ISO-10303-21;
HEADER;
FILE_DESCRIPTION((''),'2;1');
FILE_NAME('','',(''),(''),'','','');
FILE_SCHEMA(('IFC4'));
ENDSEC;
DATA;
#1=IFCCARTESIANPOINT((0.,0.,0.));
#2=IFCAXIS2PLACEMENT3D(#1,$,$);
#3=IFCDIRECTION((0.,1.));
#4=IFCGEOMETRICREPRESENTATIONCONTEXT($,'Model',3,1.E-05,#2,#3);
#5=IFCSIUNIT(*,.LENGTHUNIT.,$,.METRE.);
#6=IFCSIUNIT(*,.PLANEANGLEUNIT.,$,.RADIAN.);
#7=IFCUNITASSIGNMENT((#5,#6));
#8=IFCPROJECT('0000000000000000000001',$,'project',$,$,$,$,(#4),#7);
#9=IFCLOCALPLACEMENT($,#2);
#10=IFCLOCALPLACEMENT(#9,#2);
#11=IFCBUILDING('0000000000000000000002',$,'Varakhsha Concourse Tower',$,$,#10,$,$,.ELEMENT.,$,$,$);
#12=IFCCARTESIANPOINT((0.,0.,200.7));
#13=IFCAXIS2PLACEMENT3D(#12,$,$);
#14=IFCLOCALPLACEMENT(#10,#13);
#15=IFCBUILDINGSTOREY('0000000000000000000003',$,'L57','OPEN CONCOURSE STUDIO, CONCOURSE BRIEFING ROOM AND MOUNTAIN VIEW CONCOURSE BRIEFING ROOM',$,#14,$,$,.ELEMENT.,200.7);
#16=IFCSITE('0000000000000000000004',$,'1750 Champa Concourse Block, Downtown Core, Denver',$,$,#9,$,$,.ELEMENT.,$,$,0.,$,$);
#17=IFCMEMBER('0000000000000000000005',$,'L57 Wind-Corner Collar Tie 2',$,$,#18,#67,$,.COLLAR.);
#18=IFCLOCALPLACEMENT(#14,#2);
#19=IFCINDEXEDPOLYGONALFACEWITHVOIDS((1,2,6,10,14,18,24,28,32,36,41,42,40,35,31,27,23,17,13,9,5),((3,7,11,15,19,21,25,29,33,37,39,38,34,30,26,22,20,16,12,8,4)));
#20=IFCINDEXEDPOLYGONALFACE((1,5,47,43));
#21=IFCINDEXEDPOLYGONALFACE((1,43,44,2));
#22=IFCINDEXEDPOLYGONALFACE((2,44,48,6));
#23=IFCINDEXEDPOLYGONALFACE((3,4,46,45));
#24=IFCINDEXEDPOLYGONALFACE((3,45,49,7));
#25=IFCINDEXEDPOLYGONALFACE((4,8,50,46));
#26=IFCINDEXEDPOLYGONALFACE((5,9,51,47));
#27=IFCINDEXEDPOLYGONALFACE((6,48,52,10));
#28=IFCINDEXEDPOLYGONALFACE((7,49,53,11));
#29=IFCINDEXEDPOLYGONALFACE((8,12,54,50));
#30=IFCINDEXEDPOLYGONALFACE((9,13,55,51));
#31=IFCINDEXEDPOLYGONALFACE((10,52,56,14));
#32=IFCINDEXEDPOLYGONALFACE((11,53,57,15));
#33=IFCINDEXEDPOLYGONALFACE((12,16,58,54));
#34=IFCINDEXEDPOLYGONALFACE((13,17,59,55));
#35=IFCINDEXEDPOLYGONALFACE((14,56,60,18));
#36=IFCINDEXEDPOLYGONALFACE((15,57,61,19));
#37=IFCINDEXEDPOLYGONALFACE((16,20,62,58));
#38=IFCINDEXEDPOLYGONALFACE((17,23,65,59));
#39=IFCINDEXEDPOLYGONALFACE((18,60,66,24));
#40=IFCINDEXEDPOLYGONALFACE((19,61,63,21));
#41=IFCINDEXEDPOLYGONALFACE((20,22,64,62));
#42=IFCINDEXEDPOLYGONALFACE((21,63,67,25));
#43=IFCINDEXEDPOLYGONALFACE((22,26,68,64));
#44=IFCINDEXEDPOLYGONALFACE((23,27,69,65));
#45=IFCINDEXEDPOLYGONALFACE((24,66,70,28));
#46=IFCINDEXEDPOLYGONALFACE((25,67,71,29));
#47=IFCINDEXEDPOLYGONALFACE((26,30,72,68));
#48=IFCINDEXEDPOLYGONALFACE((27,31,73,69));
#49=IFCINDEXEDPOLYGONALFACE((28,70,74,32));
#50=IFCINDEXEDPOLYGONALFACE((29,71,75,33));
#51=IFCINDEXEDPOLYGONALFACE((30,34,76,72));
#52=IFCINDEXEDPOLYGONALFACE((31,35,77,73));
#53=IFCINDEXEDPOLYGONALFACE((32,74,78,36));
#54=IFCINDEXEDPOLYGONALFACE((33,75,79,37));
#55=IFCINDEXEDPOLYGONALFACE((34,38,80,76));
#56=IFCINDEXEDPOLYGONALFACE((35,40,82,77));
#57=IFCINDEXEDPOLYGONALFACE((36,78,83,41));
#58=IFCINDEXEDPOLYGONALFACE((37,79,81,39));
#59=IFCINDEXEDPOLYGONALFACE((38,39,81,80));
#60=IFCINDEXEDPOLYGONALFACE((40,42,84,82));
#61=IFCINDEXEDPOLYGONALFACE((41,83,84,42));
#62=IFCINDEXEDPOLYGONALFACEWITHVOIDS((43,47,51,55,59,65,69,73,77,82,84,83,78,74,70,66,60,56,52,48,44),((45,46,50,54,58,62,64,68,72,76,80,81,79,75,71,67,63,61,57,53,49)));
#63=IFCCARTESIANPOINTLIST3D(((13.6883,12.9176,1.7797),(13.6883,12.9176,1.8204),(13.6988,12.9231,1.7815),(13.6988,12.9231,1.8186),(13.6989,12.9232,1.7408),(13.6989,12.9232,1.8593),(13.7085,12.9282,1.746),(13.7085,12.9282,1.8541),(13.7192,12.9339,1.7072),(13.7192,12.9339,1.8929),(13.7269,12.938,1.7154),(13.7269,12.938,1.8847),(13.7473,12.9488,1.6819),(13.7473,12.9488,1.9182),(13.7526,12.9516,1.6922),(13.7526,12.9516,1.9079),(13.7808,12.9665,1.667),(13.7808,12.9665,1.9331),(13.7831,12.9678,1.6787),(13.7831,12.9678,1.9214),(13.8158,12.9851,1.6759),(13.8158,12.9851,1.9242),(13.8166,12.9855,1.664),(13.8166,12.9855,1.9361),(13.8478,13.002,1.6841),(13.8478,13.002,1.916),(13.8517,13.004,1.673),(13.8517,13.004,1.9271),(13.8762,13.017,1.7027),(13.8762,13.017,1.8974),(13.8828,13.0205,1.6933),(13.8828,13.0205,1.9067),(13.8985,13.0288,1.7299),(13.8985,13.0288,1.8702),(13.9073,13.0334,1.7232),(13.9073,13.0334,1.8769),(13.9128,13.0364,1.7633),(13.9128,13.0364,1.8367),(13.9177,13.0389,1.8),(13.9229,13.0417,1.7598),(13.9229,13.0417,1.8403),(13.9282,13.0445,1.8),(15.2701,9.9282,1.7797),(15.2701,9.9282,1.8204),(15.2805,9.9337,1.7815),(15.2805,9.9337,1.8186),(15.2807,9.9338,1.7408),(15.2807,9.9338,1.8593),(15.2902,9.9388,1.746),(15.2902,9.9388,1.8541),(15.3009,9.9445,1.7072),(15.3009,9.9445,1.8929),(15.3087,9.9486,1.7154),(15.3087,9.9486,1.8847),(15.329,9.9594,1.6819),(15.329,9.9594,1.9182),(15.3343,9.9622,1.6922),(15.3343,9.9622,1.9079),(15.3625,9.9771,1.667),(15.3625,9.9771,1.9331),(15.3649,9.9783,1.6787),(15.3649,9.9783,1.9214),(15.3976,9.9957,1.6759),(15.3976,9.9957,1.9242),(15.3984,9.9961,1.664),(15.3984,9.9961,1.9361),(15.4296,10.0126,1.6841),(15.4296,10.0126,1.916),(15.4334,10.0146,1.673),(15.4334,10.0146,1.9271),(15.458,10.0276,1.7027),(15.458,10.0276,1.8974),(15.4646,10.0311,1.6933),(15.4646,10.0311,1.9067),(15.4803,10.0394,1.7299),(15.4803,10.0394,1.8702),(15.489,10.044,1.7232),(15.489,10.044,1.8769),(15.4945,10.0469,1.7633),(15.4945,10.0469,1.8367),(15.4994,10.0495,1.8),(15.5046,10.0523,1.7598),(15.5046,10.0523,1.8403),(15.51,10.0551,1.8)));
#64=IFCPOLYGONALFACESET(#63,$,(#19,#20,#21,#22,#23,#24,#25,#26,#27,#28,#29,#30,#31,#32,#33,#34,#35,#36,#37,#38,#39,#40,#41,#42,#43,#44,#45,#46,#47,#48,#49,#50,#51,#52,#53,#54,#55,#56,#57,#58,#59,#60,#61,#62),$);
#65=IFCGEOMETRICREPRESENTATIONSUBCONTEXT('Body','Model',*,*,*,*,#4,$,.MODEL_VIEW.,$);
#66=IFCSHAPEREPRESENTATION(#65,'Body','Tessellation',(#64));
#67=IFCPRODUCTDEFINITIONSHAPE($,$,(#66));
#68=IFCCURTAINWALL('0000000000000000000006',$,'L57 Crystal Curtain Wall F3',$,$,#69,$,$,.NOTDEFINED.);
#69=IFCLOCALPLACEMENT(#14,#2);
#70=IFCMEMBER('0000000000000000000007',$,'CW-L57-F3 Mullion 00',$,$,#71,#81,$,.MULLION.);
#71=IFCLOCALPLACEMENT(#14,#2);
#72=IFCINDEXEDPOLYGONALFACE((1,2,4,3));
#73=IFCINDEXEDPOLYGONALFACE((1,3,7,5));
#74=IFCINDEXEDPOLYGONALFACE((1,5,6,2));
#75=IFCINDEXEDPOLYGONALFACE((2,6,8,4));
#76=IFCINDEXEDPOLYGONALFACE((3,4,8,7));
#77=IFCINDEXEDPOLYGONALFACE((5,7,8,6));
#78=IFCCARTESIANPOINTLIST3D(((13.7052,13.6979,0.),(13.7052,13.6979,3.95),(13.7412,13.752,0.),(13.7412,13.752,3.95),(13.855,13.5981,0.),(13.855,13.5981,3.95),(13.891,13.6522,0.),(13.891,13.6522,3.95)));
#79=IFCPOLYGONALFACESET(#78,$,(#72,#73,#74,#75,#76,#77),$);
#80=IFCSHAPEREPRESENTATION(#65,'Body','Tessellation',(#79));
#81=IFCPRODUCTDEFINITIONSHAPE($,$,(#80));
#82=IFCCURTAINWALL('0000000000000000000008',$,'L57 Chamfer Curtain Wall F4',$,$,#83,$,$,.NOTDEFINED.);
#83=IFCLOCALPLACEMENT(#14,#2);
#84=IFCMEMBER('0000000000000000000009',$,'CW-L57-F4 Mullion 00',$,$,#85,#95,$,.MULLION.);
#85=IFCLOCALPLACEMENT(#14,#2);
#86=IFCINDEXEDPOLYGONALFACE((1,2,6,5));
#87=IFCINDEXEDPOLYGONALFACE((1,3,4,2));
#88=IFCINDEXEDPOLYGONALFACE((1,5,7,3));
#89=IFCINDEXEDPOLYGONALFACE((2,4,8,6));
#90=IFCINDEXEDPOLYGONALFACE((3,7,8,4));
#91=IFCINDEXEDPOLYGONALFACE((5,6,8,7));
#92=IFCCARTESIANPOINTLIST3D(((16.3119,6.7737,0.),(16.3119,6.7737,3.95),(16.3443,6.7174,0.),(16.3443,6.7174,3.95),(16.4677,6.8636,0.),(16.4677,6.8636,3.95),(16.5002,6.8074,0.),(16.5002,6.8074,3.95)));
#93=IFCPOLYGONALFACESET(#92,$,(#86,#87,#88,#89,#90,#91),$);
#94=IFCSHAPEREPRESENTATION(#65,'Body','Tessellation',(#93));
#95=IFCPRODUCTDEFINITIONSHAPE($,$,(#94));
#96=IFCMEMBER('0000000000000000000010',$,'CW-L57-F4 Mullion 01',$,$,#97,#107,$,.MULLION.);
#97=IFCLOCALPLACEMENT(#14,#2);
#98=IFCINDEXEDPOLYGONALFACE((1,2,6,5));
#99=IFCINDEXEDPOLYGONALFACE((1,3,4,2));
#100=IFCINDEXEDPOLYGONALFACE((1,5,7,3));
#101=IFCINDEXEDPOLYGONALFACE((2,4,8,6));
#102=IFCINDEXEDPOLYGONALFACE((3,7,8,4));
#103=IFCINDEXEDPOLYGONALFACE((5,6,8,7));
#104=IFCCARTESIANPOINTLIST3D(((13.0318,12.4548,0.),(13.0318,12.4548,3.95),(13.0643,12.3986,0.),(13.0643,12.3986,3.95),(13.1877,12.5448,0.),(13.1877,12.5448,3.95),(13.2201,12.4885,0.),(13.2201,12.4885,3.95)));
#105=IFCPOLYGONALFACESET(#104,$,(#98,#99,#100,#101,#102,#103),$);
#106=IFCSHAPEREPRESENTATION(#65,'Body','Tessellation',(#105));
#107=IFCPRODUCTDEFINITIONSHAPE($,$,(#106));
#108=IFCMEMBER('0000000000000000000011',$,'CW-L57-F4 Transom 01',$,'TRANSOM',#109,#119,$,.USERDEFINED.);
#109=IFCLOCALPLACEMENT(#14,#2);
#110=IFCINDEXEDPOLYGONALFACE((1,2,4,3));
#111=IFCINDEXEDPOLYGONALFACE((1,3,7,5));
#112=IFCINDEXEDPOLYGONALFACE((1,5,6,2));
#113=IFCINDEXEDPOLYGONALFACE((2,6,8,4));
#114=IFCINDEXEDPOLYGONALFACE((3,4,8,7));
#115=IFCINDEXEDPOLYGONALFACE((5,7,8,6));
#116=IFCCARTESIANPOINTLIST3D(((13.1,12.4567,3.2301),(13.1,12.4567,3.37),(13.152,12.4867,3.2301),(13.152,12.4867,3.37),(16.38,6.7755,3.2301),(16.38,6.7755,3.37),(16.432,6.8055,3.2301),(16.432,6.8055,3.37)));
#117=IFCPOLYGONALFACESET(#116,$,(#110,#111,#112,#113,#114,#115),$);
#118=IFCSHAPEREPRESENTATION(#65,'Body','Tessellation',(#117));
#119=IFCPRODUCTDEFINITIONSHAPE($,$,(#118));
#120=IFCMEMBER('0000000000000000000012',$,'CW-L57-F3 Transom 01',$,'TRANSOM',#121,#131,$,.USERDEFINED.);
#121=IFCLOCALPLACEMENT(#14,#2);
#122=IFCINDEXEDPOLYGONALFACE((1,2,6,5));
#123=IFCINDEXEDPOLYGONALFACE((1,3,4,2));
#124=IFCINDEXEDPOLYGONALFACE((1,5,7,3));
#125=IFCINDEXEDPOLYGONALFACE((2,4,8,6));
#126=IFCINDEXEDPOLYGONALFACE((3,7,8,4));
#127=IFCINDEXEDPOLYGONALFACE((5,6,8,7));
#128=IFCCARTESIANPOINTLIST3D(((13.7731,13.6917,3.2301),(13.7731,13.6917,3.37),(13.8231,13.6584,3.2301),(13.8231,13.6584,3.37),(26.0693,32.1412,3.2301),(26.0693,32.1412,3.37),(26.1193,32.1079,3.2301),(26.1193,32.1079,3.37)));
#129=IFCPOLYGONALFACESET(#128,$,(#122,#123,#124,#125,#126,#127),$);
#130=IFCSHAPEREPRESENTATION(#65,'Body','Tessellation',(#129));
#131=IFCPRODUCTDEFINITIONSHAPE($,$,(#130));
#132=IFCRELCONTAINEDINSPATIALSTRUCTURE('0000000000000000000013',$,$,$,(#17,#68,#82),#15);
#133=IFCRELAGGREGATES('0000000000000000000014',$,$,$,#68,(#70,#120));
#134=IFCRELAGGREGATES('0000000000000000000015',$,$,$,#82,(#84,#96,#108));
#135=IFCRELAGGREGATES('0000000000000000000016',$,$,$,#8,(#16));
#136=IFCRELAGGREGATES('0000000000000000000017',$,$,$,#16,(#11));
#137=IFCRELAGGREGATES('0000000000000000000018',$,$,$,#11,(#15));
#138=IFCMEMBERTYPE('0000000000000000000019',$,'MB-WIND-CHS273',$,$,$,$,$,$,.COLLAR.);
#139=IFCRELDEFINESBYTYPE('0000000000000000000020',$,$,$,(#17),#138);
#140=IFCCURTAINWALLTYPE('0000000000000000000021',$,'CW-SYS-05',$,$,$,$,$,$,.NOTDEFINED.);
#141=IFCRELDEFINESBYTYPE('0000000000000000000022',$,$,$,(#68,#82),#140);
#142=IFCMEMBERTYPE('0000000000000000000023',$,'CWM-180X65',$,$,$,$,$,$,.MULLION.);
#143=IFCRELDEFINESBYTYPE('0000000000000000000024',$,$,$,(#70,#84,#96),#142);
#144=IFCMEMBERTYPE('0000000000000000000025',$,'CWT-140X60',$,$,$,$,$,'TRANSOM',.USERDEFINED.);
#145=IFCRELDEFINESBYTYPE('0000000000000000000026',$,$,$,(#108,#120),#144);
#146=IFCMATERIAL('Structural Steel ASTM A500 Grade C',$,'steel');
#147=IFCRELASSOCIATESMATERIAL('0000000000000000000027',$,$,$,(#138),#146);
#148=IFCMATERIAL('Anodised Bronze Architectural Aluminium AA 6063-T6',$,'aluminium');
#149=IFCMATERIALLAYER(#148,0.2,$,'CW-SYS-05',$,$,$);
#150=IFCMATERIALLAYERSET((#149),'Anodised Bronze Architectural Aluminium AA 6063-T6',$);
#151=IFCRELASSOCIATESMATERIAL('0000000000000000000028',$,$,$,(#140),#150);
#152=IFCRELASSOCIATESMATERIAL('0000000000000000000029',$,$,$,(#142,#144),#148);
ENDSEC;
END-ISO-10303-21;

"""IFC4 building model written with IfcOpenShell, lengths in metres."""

from ifc_helpers import new_model, si_unit, direction, frame, origin, origin_2d, place, context, subcontext, project, spatial, rectangle, hollow_circle, extrude, source, transform, mapped, material, layer, layer_set, material_profile, profile_set, type_object, type_shapes, element, aggregate, save


model = new_model("IFC4")

# Units and contexts
model_context = context("Model", 3, precision=1e-05, world=origin(), true_north=direction((0.0, 1.0)))
body_context = subcontext(model_context, "Body", "Model", "MODEL_VIEW")
ifc_project = project(units=[si_unit("LENGTHUNIT", "METRE"), si_unit("PLANEANGLEUNIT", "RADIAN")], contexts=[model_context])

# Site, building, storey
site_placement = place(None, origin())
site = spatial("IfcSite", under=ifc_project, at=site_placement, Name="1750 Champa Concourse Block, Downtown Core, Denver", CompositionType="ELEMENT", RefElevation=0.0)
building_placement = place(site_placement, origin())
building = spatial("IfcBuilding", under=site, at=building_placement, Name="Varakhsha Concourse Tower", CompositionType="ELEMENT")
storey_placement = place(building_placement, frame((0.0, 0.0, 200.7)))
storey = spatial("IfcBuildingStorey", under=building, at=storey_placement, Name="L57", Description="OPEN CONCOURSE STUDIO, CONCOURSE BRIEFING ROOM AND MOUNTAIN VIEW CONCOURSE BRIEFING ROOM", CompositionType="ELEMENT", Elevation=200.7)

# Member
ifc_material_1 = material(Name="Structural Steel ASTM A500 Grade C", Category="steel")
ifc_material_profile_1 = material_profile(ifc_material_1, hollow_circle(Radius=0.1365, WallThickness=0.012, at=origin_2d()), Name="CHS 273x12")
ifc_profile_set_1 = profile_set([ifc_material_profile_1], Name="Structural Steel ASTM A500 Grade C")
member_type_1 = type_object("IfcMemberType", Name="MB-WIND-CHS273", PredefinedType="COLLAR", material=ifc_profile_set_1)
shared_shape_1 = source(origin(), body_context, "Body", "SweptSolid", [
    extrude(hollow_circle(Radius=0.1365, WallThickness=0.012, at=origin_2d()), origin(), (0.0, 0.0, 1.0), 3.3821),
])
type_shapes(member_type_1, [shared_shape_1])
member_1_placement = place(storey_placement, frame((13.8076, 12.9807, 1.8), z_axis=(0.467682, -0.883897, 0.0), x_axis=(0.883897, 0.467682, 0.0)))
element("IfcMember", 1, at=member_1_placement, inside=storey, type_object=member_type_1, Name="L57 Wind-Corner Collar Tie 2", PredefinedType="COLLAR", context=body_context, shape_type="MappedRepresentation", body=[
    mapped(shared_shape_1, transform((0.0, 0.0, 0.0), scale=1.0)),
])

# Curtain wall, member
ifc_material_2 = material(Name="Anodised Bronze Architectural Aluminium AA 6063-T6", Category="aluminium")
ifc_layer_1 = layer(ifc_material_2, 0.2, Name="CW-SYS-05")
ifc_layer_set_1 = layer_set([ifc_layer_1], Name="Anodised Bronze Architectural Aluminium AA 6063-T6")
curtain_wall_type = type_object("IfcCurtainWallType", Name="CW-SYS-05", PredefinedType="NOTDEFINED", material=ifc_layer_set_1)
curtain_wall_1_placement = place(storey_placement, origin())
curtain_wall_1 = element("IfcCurtainWall", 2, at=curtain_wall_1_placement, inside=storey, type_object=curtain_wall_type, Name="L57 Crystal Curtain Wall F3", PredefinedType="NOTDEFINED")
ifc_material_profile_2 = material_profile(ifc_material_2, rectangle(XDim=0.0649, YDim=0.1799, at=origin_2d()), Name="CWM-180X65")
ifc_profile_set_2 = profile_set([ifc_material_profile_2], Name="Anodised Bronze Architectural Aluminium AA 6063-T6")
member_type_2 = type_object("IfcMemberType", Name="CWM-180X65", PredefinedType="MULLION", material=ifc_profile_set_2)
shared_shape_2 = source(origin(), body_context, "Body", "SweptSolid", [
    extrude(rectangle(XDim=0.0649, YDim=0.1799, at=origin_2d()), origin(), (0.0, 0.0, 1.0), 3.95),
])
type_shapes(member_type_2, [shared_shape_2])
member_2_placement = place(storey_placement, frame((13.7981, 13.675, 0.0), z_axis=(0.0, 0.0, 1.0), x_axis=(0.554592, 0.832123, 0.0)))
member_2 = element("IfcMember", 3, at=member_2_placement, type_object=member_type_2, Name="CW-L57-F3 Mullion 00", PredefinedType="MULLION", context=body_context, shape_type="MappedRepresentation", body=[
    mapped(shared_shape_2, transform((0.0, 0.0, 0.0), scale=1.0)),
])

# Curtain wall, members
curtain_wall_2_placement = place(storey_placement, origin())
curtain_wall_2 = element("IfcCurtainWall", 4, at=curtain_wall_2_placement, inside=storey, type_object=curtain_wall_type, Name="L57 Chamfer Curtain Wall F4", PredefinedType="NOTDEFINED")
member_3_placement = place(storey_placement, frame((16.406, 6.7905, 0.0), z_axis=(0.0, 0.0, 1.0), x_axis=(-0.499995, 0.866028, 0.0)))
member_3 = element("IfcMember", 5, at=member_3_placement, type_object=member_type_2, Name="CW-L57-F4 Mullion 00", PredefinedType="MULLION", context=body_context, shape_type="MappedRepresentation", body=[
    mapped(shared_shape_2, transform((0.0, 0.0, 0.0), scale=1.0)),
])
member_4_placement = place(storey_placement, frame((13.126, 12.4717, 0.0), z_axis=(0.0, 0.0, 1.0), x_axis=(-0.499995, 0.866028, 0.0)))
member_4 = element("IfcMember", 6, at=member_4_placement, type_object=member_type_2, Name="CW-L57-F4 Mullion 01", PredefinedType="MULLION", context=body_context, shape_type="MappedRepresentation", body=[
    mapped(shared_shape_2, transform((0.0, 0.0, 0.0), scale=1.0)),
])
ifc_material_profile_3 = material_profile(ifc_material_2, rectangle(XDim=0.0601, YDim=0.1399, at=origin_2d()), Name="CWT-140X60")
ifc_profile_set_3 = profile_set([ifc_material_profile_3], Name="Anodised Bronze Architectural Aluminium AA 6063-T6")
member_type_3 = type_object("IfcMemberType", Name="CWT-140X60", ElementType="TRANSOM", PredefinedType="USERDEFINED", material=ifc_profile_set_3)
shared_shape_3 = source(origin(), body_context, "Body", "SweptSolid", [
    extrude(rectangle(XDim=0.0601, YDim=0.1399, at=origin_2d()), origin(), (0.0, 0.0, 1.0), 6.5601),
])
member_5_placement = place(storey_placement, frame((16.406, 6.7905, 3.3), z_axis=(-0.500002, 0.866024, 0.0), x_axis=(-0.866024, -0.500002, 0.0)))
member_5 = element("IfcMember", 7, at=member_5_placement, type_object=member_type_3, Name="CW-L57-F4 Transom 01", ObjectType="TRANSOM", PredefinedType="USERDEFINED", context=body_context, shape_type="MappedRepresentation", body=[
    mapped(shared_shape_3, transform((0.0, 0.0, 0.0), scale=1.0)),
])

# Member
shared_shape_4 = source(origin(), body_context, "Body", "SweptSolid", [
    extrude(rectangle(XDim=0.0601, YDim=0.1399, at=origin_2d()), origin(), (0.0, 0.0, 1.0), 22.1716),
])
type_shapes(member_type_3, [shared_shape_3, shared_shape_4])
member_6_placement = place(storey_placement, frame((13.7981, 13.675, 3.3), z_axis=(0.554591, 0.832123, 0.0), x_axis=(-0.832123, 0.554591, 0.0)))
member_6 = element("IfcMember", 8, at=member_6_placement, type_object=member_type_3, Name="CW-L57-F3 Transom 01", ObjectType="TRANSOM", PredefinedType="USERDEFINED", context=body_context, shape_type="MappedRepresentation", body=[
    mapped(shared_shape_4, transform((0.0, 0.0, 0.0), scale=1.0)),
])

aggregate(curtain_wall_1, [member_2, member_6])
aggregate(curtain_wall_2, [member_3, member_4, member_5])

save(model, "model.ifc")
